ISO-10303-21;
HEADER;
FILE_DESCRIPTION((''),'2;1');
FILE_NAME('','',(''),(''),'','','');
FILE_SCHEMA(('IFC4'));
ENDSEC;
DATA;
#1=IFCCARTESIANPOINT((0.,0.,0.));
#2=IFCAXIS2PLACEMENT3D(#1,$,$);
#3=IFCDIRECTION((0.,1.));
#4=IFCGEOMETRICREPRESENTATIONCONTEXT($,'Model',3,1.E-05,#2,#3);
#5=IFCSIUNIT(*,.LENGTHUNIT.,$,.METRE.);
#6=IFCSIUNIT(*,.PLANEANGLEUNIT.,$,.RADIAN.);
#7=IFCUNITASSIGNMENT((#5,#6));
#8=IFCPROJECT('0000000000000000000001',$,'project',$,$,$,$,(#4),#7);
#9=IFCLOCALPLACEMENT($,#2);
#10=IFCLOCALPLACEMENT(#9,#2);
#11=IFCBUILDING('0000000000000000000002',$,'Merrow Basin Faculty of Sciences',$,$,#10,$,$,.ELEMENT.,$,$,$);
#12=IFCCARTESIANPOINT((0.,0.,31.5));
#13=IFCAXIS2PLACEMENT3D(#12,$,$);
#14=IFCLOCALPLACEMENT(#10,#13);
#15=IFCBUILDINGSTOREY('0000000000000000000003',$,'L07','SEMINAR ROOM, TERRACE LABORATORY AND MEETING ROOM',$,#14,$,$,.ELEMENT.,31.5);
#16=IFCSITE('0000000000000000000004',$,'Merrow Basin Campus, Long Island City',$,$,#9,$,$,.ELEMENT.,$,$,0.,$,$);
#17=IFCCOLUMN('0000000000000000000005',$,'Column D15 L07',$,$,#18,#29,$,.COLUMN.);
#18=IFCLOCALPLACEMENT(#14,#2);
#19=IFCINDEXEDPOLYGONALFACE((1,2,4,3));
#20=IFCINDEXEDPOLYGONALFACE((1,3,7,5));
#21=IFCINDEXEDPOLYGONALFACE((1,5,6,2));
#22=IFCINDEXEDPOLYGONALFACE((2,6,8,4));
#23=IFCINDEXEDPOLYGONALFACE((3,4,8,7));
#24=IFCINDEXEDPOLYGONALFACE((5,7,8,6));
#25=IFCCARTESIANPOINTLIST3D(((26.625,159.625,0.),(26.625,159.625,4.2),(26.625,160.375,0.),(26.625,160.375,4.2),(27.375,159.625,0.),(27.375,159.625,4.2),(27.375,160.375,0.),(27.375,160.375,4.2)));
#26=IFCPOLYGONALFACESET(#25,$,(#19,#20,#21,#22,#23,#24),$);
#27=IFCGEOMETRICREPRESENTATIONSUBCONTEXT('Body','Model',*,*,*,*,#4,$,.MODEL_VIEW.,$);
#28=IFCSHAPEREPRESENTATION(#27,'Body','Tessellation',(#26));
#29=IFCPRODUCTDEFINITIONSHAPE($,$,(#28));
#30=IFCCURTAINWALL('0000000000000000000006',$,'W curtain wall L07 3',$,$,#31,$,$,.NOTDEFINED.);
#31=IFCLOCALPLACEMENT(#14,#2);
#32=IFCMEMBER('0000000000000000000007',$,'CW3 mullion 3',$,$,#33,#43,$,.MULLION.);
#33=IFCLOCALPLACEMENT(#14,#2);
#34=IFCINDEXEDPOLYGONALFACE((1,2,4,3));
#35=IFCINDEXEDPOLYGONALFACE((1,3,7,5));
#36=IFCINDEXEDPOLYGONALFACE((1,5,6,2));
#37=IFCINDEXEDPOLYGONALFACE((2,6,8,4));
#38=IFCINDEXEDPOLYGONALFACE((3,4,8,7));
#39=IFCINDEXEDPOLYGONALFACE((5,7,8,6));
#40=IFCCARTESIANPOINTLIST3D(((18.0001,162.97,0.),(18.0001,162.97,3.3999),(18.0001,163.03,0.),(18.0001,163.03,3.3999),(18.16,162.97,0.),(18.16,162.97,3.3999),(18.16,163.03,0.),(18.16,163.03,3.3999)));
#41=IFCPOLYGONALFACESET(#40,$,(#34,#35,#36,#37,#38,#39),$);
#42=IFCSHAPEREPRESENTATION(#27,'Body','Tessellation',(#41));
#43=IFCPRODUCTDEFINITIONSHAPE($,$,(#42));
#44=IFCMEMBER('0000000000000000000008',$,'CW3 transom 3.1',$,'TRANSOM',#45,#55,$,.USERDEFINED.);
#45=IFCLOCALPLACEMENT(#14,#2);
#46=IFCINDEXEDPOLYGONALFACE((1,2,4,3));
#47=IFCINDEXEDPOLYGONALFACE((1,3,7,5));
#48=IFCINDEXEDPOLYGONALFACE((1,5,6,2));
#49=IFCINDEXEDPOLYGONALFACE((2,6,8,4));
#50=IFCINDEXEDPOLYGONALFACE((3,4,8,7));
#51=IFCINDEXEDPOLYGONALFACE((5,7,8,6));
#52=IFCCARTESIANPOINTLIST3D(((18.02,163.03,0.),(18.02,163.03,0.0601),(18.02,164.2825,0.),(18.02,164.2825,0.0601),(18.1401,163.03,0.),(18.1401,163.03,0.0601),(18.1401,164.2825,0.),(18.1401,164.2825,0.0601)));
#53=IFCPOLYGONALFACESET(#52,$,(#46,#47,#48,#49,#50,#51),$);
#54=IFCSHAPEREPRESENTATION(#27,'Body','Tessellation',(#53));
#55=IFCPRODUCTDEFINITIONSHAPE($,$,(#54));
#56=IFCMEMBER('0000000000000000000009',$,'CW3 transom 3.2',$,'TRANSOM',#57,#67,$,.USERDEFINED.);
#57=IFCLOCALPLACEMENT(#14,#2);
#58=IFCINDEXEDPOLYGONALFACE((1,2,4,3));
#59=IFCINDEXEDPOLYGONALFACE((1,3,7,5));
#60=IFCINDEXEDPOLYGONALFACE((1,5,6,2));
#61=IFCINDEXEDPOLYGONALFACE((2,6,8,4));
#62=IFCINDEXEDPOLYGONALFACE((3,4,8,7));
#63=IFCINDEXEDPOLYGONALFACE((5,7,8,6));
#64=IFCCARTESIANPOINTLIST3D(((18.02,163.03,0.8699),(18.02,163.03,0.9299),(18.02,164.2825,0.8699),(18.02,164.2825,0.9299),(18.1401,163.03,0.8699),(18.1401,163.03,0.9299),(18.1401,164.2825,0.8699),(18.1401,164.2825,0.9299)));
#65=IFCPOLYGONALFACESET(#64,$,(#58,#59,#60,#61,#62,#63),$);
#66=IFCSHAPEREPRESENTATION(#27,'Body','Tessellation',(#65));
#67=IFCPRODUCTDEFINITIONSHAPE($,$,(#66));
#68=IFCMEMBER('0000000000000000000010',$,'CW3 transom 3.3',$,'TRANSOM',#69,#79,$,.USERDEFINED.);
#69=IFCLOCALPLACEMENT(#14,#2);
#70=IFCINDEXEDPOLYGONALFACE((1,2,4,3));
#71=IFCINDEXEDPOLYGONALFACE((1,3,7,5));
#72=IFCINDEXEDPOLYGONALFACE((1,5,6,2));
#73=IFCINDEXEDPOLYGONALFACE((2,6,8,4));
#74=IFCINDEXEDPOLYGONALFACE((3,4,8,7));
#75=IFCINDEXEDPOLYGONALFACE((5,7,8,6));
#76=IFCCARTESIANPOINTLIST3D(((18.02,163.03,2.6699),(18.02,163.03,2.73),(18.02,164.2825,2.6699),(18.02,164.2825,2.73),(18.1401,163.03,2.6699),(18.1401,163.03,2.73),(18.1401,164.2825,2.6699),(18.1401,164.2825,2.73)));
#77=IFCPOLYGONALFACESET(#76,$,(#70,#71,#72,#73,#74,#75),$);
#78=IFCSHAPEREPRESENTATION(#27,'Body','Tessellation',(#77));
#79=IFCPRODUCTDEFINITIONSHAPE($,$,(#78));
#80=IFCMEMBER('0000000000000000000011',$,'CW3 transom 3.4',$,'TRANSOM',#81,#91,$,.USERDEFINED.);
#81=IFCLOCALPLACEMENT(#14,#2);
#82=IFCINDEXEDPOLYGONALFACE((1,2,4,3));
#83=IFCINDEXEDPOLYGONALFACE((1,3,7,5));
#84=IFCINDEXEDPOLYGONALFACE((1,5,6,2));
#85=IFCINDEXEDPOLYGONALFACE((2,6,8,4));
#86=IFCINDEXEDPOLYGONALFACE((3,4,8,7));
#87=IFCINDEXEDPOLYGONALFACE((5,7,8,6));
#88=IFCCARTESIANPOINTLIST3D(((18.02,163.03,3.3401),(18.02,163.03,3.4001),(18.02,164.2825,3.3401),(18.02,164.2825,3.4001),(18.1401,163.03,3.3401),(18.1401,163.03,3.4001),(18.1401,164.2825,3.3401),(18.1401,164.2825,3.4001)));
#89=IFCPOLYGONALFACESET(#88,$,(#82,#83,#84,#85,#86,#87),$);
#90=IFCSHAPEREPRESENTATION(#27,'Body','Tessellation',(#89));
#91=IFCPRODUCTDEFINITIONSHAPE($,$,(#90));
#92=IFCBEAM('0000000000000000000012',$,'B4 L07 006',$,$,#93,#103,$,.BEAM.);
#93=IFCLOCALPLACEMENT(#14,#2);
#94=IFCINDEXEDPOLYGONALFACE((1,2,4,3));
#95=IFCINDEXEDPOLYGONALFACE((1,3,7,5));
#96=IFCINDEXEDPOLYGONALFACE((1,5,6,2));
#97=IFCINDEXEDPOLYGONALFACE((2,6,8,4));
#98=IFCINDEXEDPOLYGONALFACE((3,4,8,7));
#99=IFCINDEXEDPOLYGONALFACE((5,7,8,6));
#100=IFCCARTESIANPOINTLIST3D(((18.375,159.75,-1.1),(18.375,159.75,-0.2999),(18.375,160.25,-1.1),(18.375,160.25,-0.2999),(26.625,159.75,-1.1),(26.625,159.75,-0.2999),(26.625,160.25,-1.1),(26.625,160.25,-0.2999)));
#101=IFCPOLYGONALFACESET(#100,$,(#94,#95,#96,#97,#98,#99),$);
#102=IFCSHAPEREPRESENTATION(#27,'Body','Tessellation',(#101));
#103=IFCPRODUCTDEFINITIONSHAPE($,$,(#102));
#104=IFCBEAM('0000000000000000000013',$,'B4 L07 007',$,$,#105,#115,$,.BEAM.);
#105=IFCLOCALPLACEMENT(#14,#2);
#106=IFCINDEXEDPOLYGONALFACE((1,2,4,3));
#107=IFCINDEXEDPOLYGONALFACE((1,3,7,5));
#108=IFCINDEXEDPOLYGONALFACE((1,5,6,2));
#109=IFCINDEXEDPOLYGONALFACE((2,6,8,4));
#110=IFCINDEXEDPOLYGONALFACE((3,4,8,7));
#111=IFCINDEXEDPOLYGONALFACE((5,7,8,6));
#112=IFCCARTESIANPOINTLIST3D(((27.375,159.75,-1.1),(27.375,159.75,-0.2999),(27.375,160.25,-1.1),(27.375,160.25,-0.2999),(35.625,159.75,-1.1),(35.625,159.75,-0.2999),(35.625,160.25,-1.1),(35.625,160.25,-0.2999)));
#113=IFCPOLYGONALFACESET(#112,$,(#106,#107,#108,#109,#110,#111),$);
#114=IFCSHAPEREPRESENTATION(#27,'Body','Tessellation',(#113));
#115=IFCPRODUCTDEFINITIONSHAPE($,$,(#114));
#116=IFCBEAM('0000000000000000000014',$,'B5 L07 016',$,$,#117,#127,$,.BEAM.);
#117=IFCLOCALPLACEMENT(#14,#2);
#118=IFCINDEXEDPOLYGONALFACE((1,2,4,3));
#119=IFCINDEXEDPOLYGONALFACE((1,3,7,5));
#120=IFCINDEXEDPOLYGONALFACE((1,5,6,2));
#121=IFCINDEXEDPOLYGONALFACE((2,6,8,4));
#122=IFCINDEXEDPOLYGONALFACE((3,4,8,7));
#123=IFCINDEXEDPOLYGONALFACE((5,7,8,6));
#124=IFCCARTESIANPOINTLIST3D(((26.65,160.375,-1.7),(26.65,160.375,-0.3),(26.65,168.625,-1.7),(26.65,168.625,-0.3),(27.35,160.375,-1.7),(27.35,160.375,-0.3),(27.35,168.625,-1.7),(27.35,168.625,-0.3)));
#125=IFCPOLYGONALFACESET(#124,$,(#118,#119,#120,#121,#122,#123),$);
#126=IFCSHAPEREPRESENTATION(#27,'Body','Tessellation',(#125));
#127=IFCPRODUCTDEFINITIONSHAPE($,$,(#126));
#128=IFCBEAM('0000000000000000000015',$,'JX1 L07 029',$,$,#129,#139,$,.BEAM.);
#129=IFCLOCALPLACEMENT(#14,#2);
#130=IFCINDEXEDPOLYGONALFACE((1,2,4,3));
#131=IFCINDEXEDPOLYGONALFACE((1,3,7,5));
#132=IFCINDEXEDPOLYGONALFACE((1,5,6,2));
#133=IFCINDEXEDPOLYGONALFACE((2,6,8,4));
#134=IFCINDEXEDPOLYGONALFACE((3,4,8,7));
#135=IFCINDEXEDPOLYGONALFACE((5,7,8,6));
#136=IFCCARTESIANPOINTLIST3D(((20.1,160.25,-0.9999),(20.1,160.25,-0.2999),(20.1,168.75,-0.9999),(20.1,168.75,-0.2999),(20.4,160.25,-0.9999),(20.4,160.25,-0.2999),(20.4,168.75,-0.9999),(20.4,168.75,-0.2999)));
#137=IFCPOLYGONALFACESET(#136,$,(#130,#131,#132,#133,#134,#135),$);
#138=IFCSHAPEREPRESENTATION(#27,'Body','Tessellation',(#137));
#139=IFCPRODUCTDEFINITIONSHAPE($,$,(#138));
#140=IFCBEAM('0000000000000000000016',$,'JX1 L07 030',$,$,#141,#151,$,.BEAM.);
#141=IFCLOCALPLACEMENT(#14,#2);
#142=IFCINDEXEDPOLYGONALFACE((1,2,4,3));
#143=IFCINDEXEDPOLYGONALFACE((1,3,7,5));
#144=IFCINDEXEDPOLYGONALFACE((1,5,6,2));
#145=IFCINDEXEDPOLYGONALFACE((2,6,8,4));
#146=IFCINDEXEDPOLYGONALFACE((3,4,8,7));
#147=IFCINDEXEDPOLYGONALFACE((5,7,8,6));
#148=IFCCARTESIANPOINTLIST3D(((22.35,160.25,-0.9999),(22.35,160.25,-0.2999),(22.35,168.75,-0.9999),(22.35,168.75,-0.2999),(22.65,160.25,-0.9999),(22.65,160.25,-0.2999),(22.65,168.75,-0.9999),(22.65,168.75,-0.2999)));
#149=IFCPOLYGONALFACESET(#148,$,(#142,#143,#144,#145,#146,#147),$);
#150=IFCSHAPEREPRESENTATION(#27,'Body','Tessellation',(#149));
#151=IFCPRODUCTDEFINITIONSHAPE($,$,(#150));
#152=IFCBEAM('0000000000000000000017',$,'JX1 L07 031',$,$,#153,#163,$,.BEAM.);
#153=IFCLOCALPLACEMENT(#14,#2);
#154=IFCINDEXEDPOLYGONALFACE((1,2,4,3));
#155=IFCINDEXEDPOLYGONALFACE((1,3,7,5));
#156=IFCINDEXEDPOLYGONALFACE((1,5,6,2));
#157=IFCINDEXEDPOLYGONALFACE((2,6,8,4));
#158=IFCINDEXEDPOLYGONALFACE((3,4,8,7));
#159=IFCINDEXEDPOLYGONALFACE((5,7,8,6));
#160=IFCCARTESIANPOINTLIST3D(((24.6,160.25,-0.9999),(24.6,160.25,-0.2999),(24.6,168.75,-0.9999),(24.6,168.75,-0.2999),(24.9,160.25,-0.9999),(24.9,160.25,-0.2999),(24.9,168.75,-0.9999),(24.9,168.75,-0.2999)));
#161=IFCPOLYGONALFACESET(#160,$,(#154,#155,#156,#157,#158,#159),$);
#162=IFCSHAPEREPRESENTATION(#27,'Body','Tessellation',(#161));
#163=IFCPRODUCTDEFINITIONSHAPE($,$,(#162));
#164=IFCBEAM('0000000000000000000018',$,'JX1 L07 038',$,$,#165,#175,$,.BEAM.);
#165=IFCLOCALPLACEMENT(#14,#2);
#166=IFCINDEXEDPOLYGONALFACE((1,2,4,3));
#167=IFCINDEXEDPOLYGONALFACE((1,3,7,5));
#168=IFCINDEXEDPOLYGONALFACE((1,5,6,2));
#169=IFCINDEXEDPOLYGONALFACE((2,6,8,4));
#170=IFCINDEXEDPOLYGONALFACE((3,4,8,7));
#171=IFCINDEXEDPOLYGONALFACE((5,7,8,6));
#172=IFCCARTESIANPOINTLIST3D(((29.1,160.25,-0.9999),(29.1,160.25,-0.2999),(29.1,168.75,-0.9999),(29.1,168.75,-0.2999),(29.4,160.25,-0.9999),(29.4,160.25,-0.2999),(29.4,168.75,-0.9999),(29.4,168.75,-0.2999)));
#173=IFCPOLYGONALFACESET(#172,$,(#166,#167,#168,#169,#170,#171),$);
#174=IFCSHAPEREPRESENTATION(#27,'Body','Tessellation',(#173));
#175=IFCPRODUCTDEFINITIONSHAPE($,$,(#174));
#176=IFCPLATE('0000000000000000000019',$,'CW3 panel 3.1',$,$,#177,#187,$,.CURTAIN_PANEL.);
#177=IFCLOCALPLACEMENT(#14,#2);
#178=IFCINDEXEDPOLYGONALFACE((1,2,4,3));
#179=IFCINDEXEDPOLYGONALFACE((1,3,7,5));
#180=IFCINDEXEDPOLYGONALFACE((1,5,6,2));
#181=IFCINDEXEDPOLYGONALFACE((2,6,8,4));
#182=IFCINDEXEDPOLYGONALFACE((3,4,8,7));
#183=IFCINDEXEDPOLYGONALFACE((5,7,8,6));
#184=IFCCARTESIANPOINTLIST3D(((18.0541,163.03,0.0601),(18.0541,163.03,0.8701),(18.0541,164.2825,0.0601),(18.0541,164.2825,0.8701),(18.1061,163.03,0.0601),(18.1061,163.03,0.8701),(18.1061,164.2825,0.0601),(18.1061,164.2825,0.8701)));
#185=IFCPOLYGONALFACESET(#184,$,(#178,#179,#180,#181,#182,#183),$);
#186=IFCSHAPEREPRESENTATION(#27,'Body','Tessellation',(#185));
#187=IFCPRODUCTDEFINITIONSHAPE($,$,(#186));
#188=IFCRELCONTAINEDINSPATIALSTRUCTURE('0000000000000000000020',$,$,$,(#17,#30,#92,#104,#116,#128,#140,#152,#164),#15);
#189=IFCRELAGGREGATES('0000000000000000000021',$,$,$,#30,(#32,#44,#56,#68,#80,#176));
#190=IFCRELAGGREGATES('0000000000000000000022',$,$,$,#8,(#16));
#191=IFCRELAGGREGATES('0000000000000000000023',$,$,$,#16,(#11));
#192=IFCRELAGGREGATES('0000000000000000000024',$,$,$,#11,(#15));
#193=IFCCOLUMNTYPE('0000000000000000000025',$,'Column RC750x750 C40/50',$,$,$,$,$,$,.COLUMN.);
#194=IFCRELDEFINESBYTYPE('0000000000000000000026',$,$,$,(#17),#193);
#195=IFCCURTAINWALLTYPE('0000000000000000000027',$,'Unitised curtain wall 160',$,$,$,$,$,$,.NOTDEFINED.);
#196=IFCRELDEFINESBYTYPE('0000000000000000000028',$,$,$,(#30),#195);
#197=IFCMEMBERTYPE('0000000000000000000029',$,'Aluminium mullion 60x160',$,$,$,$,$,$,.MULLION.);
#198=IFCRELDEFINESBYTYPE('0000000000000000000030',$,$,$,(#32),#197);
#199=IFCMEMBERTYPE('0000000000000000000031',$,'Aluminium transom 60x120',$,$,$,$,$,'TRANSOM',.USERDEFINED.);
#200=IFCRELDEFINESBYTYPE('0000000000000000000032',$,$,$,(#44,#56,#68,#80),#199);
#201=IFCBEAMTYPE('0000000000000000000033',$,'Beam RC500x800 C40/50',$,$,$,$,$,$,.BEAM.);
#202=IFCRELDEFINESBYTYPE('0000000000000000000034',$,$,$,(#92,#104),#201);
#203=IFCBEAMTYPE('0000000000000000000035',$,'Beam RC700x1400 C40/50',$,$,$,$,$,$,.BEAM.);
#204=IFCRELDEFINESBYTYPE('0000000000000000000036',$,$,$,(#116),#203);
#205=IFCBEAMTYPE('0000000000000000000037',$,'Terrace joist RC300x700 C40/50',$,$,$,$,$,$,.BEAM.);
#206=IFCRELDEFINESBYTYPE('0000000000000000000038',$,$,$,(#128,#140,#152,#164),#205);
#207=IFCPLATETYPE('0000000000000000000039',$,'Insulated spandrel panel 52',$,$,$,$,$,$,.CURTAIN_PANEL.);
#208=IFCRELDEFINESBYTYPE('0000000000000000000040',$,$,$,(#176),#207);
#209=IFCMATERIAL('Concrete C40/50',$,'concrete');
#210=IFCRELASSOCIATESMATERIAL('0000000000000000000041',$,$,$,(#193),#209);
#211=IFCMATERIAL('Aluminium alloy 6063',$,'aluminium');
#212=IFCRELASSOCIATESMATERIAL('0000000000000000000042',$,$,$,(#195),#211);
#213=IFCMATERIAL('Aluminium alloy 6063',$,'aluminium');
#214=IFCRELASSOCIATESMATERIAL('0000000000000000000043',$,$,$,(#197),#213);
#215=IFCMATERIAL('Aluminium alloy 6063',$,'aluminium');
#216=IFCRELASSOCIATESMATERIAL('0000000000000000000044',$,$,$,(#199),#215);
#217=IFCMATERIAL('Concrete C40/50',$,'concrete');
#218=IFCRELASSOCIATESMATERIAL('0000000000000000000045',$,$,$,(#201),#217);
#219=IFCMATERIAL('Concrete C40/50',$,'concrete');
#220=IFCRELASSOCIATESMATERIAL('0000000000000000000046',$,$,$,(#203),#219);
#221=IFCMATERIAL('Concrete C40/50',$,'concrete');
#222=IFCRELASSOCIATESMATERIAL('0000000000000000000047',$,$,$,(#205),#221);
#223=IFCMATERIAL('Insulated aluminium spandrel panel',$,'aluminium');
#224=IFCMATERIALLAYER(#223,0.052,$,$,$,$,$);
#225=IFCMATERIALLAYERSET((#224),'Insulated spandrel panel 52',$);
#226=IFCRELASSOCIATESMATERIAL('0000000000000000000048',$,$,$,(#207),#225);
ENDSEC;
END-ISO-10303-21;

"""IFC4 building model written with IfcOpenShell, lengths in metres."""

from ifc_helpers import new_model, si_unit, direction, frame, origin, origin_2d, place, context, subcontext, project, spatial, rectangle, extrude, material, layer, layer_set, material_profile, profile_set, type_object, element, aggregate, save


model = new_model("IFC4")

# Units and contexts
model_context = context("Model", 3, precision=1e-05, world=origin(), true_north=direction((0.0, 1.0)))
body_context = subcontext(model_context, "Body", "Model", "MODEL_VIEW")
ifc_project = project(units=[si_unit("LENGTHUNIT", "METRE"), si_unit("PLANEANGLEUNIT", "RADIAN")], contexts=[model_context])

# Site, building, storey
site_placement = place(None, origin())
site = spatial("IfcSite", under=ifc_project, at=site_placement, Name="Merrow Basin Campus, Long Island City", CompositionType="ELEMENT", RefElevation=0.0)
building_placement = place(site_placement, origin())
building = spatial("IfcBuilding", under=site, at=building_placement, Name="Merrow Basin Faculty of Sciences", CompositionType="ELEMENT")
storey_placement = place(building_placement, frame((0.0, 0.0, 31.5)))
storey = spatial("IfcBuildingStorey", under=building, at=storey_placement, Name="L07", Description="SEMINAR ROOM, TERRACE LABORATORY AND MEETING ROOM", CompositionType="ELEMENT", Elevation=31.5)

# Column
ifc_material_1 = material(Name="Concrete C40/50", Category="concrete")
ifc_material_profile_1 = material_profile(ifc_material_1, rectangle(XDim=0.75, YDim=0.75, at=origin_2d()))
ifc_profile_set_1 = profile_set([ifc_material_profile_1], Name="Concrete C40/50")
column_type = type_object("IfcColumnType", Name="Column RC750x750 C40/50", PredefinedType="COLUMN", material=ifc_profile_set_1)
column_placement = place(storey_placement, frame((27.0, 160.0, 0.0), z_axis=(0.0, 0.0, 1.0), x_axis=(1.0, 0.0, 0.0)))
element("IfcColumn", 1, at=column_placement, inside=storey, type_object=column_type, Name="Column D15 L07", PredefinedType="COLUMN", context=body_context, shape_type="SweptSolid", body=[
    extrude(rectangle(XDim=0.75, YDim=0.75, at=origin_2d()), origin(), (0.0, 0.0, 1.0), 4.2),
])

# Curtain wall, members
ifc_material_2 = material(Name="Aluminium alloy 6063", Category="aluminium")
curtain_wall_type = type_object("IfcCurtainWallType", Name="Unitised curtain wall 160", PredefinedType="NOTDEFINED", material=ifc_material_2)
curtain_wall_placement = place(storey_placement, origin())
curtain_wall = element("IfcCurtainWall", 2, at=curtain_wall_placement, inside=storey, type_object=curtain_wall_type, Name="W curtain wall L07 3", PredefinedType="NOTDEFINED")
ifc_material_3 = material(Name="Aluminium alloy 6063", Category="aluminium")
ifc_material_profile_2 = material_profile(ifc_material_3, rectangle(XDim=0.1599, YDim=0.0601, at=origin_2d()))
ifc_profile_set_2 = profile_set([ifc_material_profile_2], Name="Aluminium alloy 6063")
member_type_1 = type_object("IfcMemberType", Name="Aluminium mullion 60x160", PredefinedType="MULLION", material=ifc_profile_set_2)
member_1_placement = place(storey_placement, frame((18.0801, 163.0, 0.0), z_axis=(0.0, 0.0, 1.0), x_axis=(-1.0, 0.0, 0.0)))
member_1 = element("IfcMember", 3, at=member_1_placement, type_object=member_type_1, Name="CW3 mullion 3", PredefinedType="MULLION", context=body_context, shape_type="SweptSolid", body=[
    extrude(rectangle(XDim=0.1599, YDim=0.0601, at=origin_2d()), origin(), (0.0, 0.0, 1.0), 3.3999),
])
ifc_material_4 = material(Name="Aluminium alloy 6063", Category="aluminium")
ifc_material_profile_3 = material_profile(ifc_material_4, rectangle(XDim=0.1201, YDim=0.0601, at=origin_2d()))
ifc_profile_set_3 = profile_set([ifc_material_profile_3], Name="Aluminium alloy 6063")
member_type_2 = type_object("IfcMemberType", Name="Aluminium transom 60x120", ElementType="TRANSOM", PredefinedType="USERDEFINED", material=ifc_profile_set_3)
member_2_placement = place(storey_placement, frame((18.0801, 163.03, 0.03), z_axis=(0.0, 1.0, 0.0), x_axis=(-1.0, 0.0, 0.0)))
member_2 = element("IfcMember", 4, at=member_2_placement, type_object=member_type_2, Name="CW3 transom 3.1", ObjectType="TRANSOM", PredefinedType="USERDEFINED", context=body_context, shape_type="SweptSolid", body=[
    extrude(rectangle(XDim=0.1201, YDim=0.0601, at=origin_2d()), origin(), (0.0, 0.0, 1.0), 1.2524),
])
member_3_placement = place(storey_placement, frame((18.0801, 163.03, 0.8999), z_axis=(0.0, 1.0, 0.0), x_axis=(-1.0, 0.0, 0.0)))
member_3 = element("IfcMember", 5, at=member_3_placement, type_object=member_type_2, Name="CW3 transom 3.2", ObjectType="TRANSOM", PredefinedType="USERDEFINED", context=body_context, shape_type="SweptSolid", body=[
    extrude(rectangle(XDim=0.1201, YDim=0.0601, at=origin_2d()), origin(), (0.0, 0.0, 1.0), 1.2524),
])
member_4_placement = place(storey_placement, frame((18.0801, 163.03, 2.7), z_axis=(0.0, 1.0, 0.0), x_axis=(-1.0, 0.0, 0.0)))
member_4 = element("IfcMember", 6, at=member_4_placement, type_object=member_type_2, Name="CW3 transom 3.3", ObjectType="TRANSOM", PredefinedType="USERDEFINED", context=body_context, shape_type="SweptSolid", body=[
    extrude(rectangle(XDim=0.1201, YDim=0.0601, at=origin_2d()), origin(), (0.0, 0.0, 1.0), 1.2524),
])
member_5_placement = place(storey_placement, frame((18.0801, 163.03, 3.3701), z_axis=(0.0, 1.0, 0.0), x_axis=(-1.0, 0.0, 0.0)))
member_5 = element("IfcMember", 7, at=member_5_placement, type_object=member_type_2, Name="CW3 transom 3.4", ObjectType="TRANSOM", PredefinedType="USERDEFINED", context=body_context, shape_type="SweptSolid", body=[
    extrude(rectangle(XDim=0.1201, YDim=0.0601, at=origin_2d()), origin(), (0.0, 0.0, 1.0), 1.2524),
])

# Beams
ifc_material_5 = material(Name="Concrete C40/50", Category="concrete")
ifc_material_profile_4 = material_profile(ifc_material_5, rectangle(XDim=0.5, YDim=0.8, at=origin_2d()))
ifc_profile_set_4 = profile_set([ifc_material_profile_4], Name="Concrete C40/50")
beam_type_1 = type_object("IfcBeamType", Name="Beam RC500x800 C40/50", PredefinedType="BEAM", material=ifc_profile_set_4)
for number, where, z_axis, x_axis, name in (
    (8, (18.375, 160.0, -0.7), (1.0, 0.0, 0.0), (0.0, 1.0, 0.0), "B4 L07 006"),
    (9, (27.375, 160.0, -0.7), (1.0, 0.0, 0.0), (0.0, 1.0, 0.0), "B4 L07 007"),
):
    element("IfcBeam", number, at=place(storey_placement, frame(where, z_axis=z_axis, x_axis=x_axis)), inside=storey, type_object=beam_type_1, Name=name, PredefinedType="BEAM", context=body_context, shape_type="SweptSolid", body=[
        extrude(rectangle(XDim=0.5, YDim=0.8, at=origin_2d()), origin(), (0.0, 0.0, 1.0), 8.25),
    ])
ifc_material_6 = material(Name="Concrete C40/50", Category="concrete")
ifc_material_profile_5 = material_profile(ifc_material_6, rectangle(XDim=0.7, YDim=1.3999, at=origin_2d()))
ifc_profile_set_5 = profile_set([ifc_material_profile_5], Name="Concrete C40/50")
beam_type_2 = type_object("IfcBeamType", Name="Beam RC700x1400 C40/50", PredefinedType="BEAM", material=ifc_profile_set_5)
beam_placement = place(storey_placement, frame((27.0, 160.375, -1.0), z_axis=(0.0, 1.0, 0.0), x_axis=(-1.0, 0.0, 0.0)))
element("IfcBeam", 10, at=beam_placement, inside=storey, type_object=beam_type_2, Name="B5 L07 016", PredefinedType="BEAM", context=body_context, shape_type="SweptSolid", body=[
    extrude(rectangle(XDim=0.7, YDim=1.3999, at=origin_2d()), origin(), (0.0, 0.0, 1.0), 8.25),
])
ifc_material_7 = material(Name="Concrete C40/50", Category="concrete")
ifc_material_profile_6 = material_profile(ifc_material_7, rectangle(XDim=0.3, YDim=0.7, at=origin_2d()))
ifc_profile_set_6 = profile_set([ifc_material_profile_6], Name="Concrete C40/50")
beam_type_3 = type_object("IfcBeamType", Name="Terrace joist RC300x700 C40/50", PredefinedType="BEAM", material=ifc_profile_set_6)
for number, where, z_axis, x_axis, name in (
    (11, (20.25, 160.25, -0.6499), (0.0, 1.0, 0.0), (-1.0, 0.0, 0.0), "JX1 L07 029"),
    (12, (22.5, 160.25, -0.6499), (0.0, 1.0, 0.0), (-1.0, 0.0, 0.0), "JX1 L07 030"),
    (13, (24.75, 160.25, -0.6499), (0.0, 1.0, 0.0), (-1.0, 0.0, 0.0), "JX1 L07 031"),
    (14, (29.25, 160.25, -0.6499), (0.0, 1.0, 0.0), (-1.0, 0.0, 0.0), "JX1 L07 038"),
):
    element("IfcBeam", number, at=place(storey_placement, frame(where, z_axis=z_axis, x_axis=x_axis)), inside=storey, type_object=beam_type_3, Name=name, PredefinedType="BEAM", context=body_context, shape_type="SweptSolid", body=[
        extrude(rectangle(XDim=0.3, YDim=0.7, at=origin_2d()), origin(), (0.0, 0.0, 1.0), 8.5),
    ])

# Plate
ifc_material_8 = material(Name="Insulated aluminium spandrel panel", Category="aluminium")
ifc_layer_1 = layer(ifc_material_8, 0.052)
ifc_layer_set_1 = layer_set([ifc_layer_1], Name="Insulated spandrel panel 52")
plate_type_1 = type_object("IfcPlateType", Name="Insulated spandrel panel 52", PredefinedType="CURTAIN_PANEL", material=ifc_layer_set_1)
plate_1_placement = place(storey_placement, frame((18.0801, 163.6562, 0.0601), z_axis=(0.0, 0.0, 1.0), x_axis=(0.0, 1.0, 0.0)))
plate_1 = element("IfcPlate", 15, at=plate_1_placement, type_object=plate_type_1, Name="CW3 panel 3.1", PredefinedType="CURTAIN_PANEL", context=body_context, shape_type="SweptSolid", body=[
    extrude(rectangle(XDim=1.2524, YDim=0.052, at=origin_2d()), origin(), (0.0, 0.0, 1.0), 0.8101),
])
aggregate(curtain_wall, [member_1, member_2, member_3, member_4, member_5, plate_1])

save(model, "model.ifc")
